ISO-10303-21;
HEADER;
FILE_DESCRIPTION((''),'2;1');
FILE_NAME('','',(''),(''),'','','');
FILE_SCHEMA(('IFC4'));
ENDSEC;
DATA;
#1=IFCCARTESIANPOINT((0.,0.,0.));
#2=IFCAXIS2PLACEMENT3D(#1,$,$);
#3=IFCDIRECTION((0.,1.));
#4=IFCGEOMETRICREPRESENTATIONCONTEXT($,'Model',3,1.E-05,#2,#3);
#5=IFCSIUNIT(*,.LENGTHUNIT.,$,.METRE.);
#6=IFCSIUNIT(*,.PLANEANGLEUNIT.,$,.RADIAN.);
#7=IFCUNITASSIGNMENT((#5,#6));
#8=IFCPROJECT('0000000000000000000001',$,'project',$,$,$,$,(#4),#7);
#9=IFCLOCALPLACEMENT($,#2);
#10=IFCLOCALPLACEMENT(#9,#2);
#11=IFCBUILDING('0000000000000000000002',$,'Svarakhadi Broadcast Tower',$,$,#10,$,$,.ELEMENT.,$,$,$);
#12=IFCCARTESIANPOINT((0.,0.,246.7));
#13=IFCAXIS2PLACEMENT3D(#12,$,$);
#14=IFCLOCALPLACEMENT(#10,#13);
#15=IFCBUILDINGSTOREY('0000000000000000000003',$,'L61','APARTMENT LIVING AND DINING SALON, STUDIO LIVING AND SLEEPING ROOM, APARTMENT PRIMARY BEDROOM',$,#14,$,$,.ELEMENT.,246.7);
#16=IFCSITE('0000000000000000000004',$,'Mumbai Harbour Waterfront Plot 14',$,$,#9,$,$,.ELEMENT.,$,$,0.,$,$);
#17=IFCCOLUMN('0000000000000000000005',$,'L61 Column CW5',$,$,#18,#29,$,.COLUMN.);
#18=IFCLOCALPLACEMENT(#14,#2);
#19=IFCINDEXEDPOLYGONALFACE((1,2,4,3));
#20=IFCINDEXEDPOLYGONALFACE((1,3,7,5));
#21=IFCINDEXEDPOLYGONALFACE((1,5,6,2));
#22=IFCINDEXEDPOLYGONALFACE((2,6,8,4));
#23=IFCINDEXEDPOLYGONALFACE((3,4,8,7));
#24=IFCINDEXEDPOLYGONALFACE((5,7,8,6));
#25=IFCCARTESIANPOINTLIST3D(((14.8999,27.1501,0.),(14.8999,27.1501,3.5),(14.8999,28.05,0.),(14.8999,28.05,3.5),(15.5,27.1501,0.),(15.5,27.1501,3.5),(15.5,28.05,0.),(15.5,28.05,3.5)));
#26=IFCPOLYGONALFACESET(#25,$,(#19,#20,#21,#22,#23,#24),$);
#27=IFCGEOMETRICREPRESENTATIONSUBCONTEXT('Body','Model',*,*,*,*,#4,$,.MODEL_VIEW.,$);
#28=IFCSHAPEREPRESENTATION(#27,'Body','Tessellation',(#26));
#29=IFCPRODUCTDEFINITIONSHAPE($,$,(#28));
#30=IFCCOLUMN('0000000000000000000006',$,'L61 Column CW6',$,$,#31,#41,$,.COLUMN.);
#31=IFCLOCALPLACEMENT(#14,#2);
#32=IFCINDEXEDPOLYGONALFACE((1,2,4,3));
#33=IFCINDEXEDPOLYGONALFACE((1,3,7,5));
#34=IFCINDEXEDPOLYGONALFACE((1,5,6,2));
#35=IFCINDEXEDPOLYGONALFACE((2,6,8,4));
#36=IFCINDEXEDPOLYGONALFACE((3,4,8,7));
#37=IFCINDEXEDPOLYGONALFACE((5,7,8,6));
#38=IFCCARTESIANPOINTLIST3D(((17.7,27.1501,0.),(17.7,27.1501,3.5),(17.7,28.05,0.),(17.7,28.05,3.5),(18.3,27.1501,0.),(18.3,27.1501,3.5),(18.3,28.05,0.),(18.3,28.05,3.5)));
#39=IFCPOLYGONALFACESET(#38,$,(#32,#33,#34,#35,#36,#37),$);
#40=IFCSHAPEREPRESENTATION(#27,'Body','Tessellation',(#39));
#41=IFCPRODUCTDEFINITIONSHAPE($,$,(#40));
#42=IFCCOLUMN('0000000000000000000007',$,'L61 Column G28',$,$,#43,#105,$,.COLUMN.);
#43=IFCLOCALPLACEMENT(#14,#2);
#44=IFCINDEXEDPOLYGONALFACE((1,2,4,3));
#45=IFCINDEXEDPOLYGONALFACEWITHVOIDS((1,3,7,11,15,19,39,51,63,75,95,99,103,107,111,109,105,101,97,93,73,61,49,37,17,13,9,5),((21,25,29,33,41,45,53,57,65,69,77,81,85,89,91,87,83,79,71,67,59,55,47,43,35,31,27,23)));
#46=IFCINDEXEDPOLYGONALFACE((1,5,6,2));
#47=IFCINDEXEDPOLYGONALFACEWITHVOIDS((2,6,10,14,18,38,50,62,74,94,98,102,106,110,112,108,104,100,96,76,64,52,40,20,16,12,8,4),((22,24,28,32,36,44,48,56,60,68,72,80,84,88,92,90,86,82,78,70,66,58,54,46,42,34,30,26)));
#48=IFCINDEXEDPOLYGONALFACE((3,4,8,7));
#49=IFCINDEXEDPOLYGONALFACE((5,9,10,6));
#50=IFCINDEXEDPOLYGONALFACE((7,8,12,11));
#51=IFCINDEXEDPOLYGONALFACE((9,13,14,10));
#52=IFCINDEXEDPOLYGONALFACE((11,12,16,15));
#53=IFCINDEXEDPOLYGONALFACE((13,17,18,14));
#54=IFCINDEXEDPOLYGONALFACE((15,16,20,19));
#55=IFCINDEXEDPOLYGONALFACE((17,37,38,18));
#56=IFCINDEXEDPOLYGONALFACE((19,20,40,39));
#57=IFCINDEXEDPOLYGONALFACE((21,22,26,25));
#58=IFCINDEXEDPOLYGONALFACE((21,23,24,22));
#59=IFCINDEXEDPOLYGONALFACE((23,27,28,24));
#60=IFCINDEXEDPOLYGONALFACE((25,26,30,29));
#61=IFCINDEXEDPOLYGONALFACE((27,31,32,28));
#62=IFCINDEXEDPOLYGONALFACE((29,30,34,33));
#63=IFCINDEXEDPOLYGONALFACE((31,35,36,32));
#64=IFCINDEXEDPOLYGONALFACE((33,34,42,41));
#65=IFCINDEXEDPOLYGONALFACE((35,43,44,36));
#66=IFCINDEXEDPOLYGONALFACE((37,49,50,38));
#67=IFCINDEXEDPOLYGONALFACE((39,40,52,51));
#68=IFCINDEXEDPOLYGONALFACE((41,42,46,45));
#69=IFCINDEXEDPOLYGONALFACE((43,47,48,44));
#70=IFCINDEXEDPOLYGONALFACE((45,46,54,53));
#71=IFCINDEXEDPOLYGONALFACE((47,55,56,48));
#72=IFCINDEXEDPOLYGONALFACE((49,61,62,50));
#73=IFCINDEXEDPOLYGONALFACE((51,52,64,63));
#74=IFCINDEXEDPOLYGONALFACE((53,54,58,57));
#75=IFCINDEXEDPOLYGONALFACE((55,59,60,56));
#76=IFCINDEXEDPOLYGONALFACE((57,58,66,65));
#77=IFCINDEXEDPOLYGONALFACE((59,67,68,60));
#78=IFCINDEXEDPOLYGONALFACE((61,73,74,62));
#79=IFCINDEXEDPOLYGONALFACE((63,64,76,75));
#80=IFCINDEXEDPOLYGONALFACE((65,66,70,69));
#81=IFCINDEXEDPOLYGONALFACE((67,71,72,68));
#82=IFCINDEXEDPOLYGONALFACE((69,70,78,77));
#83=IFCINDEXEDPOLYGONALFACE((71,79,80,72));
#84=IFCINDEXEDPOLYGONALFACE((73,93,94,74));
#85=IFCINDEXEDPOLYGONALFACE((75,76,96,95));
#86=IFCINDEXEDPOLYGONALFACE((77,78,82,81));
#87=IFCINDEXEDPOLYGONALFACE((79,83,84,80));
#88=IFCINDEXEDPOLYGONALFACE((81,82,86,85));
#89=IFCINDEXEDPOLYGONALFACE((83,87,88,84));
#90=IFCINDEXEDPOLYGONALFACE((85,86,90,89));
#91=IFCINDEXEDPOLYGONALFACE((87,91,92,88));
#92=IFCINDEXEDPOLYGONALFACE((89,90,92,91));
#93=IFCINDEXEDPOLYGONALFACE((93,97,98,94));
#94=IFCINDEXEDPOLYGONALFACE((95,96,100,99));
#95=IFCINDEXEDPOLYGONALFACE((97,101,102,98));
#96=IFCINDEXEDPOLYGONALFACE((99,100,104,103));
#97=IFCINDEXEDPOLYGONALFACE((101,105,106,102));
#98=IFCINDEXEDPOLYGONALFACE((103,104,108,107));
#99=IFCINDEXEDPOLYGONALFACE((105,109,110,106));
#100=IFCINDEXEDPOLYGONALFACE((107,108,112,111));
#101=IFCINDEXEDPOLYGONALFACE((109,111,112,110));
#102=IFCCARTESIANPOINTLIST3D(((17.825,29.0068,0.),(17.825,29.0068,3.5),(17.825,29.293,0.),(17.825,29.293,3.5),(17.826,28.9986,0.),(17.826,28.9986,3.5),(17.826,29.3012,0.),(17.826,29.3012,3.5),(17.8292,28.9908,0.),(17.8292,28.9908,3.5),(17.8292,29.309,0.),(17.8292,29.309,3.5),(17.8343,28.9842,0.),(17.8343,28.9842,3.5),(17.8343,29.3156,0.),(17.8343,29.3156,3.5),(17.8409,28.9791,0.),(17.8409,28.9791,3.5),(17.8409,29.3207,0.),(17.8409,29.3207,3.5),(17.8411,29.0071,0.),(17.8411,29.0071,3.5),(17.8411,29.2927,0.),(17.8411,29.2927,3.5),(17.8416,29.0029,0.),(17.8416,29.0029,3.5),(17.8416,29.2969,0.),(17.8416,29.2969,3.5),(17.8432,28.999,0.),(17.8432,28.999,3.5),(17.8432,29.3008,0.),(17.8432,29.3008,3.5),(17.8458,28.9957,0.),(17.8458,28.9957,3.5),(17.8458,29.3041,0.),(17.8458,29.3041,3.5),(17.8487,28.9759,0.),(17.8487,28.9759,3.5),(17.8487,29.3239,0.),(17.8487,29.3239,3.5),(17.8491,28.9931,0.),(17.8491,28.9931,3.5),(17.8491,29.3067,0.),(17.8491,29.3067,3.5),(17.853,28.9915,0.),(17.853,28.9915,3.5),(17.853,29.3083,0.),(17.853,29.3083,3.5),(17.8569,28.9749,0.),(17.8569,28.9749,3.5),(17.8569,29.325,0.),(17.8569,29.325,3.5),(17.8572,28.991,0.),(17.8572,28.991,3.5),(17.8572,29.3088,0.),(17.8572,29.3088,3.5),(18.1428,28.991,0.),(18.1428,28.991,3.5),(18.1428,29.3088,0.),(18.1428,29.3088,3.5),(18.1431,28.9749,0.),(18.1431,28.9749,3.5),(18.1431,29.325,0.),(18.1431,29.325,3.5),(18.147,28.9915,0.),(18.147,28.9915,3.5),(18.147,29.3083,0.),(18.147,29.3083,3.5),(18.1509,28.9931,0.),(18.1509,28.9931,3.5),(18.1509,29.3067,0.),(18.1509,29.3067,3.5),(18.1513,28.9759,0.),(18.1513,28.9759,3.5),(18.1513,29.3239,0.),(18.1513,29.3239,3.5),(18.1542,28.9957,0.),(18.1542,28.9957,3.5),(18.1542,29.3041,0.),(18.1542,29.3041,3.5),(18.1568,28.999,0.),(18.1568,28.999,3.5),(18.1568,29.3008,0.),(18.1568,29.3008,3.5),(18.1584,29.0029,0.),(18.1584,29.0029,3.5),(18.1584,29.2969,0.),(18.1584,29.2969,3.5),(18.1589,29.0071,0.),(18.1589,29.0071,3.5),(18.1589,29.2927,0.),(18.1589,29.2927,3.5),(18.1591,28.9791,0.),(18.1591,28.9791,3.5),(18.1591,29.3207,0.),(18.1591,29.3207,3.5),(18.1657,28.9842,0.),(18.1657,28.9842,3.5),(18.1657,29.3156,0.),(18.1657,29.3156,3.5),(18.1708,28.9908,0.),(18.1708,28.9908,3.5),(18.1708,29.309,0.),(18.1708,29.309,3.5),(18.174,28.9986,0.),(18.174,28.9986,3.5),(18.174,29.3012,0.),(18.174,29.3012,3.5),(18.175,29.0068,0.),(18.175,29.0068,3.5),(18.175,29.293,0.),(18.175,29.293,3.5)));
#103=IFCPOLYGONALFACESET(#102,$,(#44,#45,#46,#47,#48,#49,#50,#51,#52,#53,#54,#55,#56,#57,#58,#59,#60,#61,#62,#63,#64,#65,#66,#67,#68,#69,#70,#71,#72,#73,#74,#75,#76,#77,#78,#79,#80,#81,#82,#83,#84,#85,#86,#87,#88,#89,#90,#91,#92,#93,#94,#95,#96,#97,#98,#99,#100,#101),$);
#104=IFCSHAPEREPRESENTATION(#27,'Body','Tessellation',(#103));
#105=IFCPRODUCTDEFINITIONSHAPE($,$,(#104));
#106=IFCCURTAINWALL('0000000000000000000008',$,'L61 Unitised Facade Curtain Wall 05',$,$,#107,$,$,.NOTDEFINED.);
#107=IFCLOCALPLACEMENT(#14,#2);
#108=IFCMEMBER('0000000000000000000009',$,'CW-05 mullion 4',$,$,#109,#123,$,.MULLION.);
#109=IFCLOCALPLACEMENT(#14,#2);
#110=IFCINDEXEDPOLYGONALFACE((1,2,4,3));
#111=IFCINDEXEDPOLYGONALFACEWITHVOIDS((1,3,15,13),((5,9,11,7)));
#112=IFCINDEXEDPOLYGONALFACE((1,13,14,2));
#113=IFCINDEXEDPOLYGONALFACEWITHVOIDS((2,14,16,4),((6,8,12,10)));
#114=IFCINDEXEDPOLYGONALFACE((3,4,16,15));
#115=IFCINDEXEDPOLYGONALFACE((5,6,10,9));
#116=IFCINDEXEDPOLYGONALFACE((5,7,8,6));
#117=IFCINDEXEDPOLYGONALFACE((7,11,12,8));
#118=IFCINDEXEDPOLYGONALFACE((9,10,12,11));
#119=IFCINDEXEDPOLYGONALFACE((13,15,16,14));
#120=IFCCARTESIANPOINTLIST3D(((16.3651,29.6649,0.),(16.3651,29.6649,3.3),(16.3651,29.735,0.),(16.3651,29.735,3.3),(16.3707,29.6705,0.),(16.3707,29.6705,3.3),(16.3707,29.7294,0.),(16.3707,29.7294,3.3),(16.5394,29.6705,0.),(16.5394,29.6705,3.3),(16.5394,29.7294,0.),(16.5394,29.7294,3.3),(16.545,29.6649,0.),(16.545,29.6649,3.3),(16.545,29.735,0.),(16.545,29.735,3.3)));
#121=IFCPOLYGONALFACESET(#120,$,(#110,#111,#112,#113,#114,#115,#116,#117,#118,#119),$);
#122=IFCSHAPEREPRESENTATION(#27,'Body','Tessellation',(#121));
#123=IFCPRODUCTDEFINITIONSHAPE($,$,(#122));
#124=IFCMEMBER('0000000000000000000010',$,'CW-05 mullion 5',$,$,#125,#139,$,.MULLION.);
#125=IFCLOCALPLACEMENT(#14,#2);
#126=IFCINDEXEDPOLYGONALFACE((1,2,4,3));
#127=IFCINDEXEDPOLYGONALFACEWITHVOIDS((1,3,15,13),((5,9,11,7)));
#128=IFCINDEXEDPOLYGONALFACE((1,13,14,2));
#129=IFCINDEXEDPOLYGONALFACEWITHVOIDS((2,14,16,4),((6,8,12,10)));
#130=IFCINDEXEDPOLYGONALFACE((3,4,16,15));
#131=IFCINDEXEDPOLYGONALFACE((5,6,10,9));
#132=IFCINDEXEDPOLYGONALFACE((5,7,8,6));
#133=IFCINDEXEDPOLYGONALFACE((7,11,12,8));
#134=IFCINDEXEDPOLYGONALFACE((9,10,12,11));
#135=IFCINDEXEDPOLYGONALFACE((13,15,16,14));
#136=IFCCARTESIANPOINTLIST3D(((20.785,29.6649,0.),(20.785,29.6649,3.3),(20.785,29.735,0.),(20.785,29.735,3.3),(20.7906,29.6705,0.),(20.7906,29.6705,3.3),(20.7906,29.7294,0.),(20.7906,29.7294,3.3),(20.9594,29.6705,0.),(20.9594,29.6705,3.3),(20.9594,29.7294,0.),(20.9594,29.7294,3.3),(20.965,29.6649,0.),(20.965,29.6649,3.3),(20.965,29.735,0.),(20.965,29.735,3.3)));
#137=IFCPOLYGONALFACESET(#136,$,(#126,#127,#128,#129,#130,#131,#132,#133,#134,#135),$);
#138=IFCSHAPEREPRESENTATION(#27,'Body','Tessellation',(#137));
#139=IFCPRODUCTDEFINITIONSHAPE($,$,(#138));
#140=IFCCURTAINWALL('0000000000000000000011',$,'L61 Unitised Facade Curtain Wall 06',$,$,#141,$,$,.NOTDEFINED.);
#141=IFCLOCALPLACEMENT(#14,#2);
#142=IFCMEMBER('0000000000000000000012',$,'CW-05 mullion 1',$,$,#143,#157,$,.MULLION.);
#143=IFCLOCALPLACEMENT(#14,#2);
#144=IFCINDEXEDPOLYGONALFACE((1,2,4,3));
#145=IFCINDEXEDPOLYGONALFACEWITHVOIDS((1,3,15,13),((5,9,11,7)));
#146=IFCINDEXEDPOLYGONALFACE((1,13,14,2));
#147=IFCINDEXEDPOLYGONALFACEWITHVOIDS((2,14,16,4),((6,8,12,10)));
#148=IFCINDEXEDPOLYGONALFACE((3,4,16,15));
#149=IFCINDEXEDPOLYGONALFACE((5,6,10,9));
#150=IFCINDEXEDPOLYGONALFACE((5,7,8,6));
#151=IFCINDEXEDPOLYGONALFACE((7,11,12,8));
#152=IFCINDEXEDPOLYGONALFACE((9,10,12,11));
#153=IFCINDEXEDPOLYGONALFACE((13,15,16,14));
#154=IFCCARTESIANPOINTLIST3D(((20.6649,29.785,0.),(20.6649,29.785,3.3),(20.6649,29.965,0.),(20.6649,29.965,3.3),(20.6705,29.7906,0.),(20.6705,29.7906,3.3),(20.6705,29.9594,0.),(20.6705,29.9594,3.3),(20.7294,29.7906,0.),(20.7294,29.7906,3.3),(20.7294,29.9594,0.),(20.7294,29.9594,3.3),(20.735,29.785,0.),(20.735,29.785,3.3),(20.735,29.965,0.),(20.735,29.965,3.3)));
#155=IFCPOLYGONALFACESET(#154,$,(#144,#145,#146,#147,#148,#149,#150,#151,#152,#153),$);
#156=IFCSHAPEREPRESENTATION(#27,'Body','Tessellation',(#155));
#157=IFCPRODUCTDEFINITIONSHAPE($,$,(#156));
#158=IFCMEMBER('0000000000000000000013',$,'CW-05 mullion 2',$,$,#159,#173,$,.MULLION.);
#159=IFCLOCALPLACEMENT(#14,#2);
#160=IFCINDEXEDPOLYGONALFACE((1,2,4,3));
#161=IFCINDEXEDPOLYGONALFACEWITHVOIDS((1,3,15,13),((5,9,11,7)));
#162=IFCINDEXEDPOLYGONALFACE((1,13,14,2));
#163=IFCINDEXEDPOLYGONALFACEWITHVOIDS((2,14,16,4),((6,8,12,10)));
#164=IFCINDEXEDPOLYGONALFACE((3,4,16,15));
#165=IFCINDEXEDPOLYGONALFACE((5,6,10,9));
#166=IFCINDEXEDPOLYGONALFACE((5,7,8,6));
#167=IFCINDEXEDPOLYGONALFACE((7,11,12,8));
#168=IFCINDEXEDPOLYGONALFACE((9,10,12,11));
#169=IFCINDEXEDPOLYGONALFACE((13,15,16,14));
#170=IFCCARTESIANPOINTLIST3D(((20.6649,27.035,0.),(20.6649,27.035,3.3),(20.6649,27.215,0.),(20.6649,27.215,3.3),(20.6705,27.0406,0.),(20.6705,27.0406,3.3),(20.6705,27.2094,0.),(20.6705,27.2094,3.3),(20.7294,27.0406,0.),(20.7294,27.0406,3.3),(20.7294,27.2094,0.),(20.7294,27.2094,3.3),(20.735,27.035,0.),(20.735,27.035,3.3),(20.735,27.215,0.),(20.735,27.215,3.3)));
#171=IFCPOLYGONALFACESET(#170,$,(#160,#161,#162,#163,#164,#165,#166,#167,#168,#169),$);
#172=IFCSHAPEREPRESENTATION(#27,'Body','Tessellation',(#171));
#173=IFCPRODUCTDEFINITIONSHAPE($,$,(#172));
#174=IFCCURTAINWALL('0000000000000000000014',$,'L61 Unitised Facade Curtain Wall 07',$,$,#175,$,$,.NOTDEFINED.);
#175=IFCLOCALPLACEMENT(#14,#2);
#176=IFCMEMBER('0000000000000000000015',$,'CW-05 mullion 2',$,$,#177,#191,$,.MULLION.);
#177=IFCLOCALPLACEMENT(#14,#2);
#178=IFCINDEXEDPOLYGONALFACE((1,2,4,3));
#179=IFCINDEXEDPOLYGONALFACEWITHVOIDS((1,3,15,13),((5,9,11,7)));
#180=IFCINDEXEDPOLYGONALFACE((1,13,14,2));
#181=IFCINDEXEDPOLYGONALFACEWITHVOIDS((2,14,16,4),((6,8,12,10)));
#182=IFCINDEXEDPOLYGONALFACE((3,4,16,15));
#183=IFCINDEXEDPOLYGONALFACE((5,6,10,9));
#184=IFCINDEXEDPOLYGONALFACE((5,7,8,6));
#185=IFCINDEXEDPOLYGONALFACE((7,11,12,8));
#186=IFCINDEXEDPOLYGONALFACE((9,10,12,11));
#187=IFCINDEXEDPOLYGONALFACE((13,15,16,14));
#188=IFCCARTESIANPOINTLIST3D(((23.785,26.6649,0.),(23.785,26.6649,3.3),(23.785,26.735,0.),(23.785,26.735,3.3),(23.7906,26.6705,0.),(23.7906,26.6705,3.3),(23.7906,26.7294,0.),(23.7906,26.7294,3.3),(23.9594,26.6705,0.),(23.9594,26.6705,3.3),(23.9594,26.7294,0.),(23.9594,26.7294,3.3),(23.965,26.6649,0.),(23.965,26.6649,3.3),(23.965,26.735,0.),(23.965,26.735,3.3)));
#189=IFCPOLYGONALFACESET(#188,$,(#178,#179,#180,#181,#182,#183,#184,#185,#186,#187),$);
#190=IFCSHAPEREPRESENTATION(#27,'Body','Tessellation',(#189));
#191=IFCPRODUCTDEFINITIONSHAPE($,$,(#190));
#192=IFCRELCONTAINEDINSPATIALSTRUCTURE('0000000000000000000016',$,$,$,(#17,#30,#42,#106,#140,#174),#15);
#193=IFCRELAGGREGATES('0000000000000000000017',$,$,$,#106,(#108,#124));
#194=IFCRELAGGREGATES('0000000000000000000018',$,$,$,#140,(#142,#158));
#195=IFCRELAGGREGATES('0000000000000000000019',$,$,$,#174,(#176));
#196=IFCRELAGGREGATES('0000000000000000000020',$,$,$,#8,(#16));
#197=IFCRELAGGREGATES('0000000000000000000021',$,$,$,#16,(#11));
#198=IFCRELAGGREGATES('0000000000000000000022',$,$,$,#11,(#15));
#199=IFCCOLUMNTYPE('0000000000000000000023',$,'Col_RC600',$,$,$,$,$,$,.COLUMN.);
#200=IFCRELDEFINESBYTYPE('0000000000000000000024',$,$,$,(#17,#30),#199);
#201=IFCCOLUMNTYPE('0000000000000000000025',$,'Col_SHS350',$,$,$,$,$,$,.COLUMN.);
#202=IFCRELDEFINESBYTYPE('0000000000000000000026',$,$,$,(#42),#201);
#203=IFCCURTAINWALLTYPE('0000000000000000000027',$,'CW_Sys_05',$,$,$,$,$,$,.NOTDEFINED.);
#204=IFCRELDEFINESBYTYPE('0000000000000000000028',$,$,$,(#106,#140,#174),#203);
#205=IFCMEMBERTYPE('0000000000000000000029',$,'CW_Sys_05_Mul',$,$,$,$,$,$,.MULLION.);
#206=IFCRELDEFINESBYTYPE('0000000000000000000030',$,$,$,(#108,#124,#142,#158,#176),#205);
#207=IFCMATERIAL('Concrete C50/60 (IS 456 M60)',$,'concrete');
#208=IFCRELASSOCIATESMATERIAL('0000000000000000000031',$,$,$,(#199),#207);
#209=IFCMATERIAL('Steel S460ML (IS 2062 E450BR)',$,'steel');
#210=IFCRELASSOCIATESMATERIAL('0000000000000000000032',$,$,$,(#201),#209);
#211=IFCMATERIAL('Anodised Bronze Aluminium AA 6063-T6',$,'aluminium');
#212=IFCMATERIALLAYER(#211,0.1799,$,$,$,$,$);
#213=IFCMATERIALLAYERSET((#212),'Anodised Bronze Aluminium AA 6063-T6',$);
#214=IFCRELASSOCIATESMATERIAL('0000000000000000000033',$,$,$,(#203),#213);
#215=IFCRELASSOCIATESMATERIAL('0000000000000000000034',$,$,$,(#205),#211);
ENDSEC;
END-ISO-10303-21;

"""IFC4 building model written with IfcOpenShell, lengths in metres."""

from ifc_helpers import new_model, si_unit, direction, frame, origin, origin_2d, place, context, subcontext, project, spatial, rectangle, hollow_rectangle, extrude, material, layer, layer_set, material_profile, profile_set, type_object, element, aggregate, save


model = new_model("IFC4")

# Units and contexts
model_context = context("Model", 3, precision=1e-05, world=origin(), true_north=direction((0.0, 1.0)))
body_context = subcontext(model_context, "Body", "Model", "MODEL_VIEW")
ifc_project = project(units=[si_unit("LENGTHUNIT", "METRE"), si_unit("PLANEANGLEUNIT", "RADIAN")], contexts=[model_context])

# Site, building, storey
site_placement = place(None, origin())
site = spatial("IfcSite", under=ifc_project, at=site_placement, Name="Mumbai Harbour Waterfront Plot 14", CompositionType="ELEMENT", RefElevation=0.0)
building_placement = place(site_placement, origin())
building = spatial("IfcBuilding", under=site, at=building_placement, Name="Svarakhadi Broadcast Tower", CompositionType="ELEMENT")
storey_placement = place(building_placement, frame((0.0, 0.0, 246.7)))
storey = spatial("IfcBuildingStorey", under=building, at=storey_placement, Name="L61", Description="APARTMENT LIVING AND DINING SALON, STUDIO LIVING AND SLEEPING ROOM, APARTMENT PRIMARY BEDROOM", CompositionType="ELEMENT", Elevation=246.7)

# Columns
ifc_material_1 = material(Name="Concrete C50/60 (IS 456 M60)", Category="concrete")
ifc_material_profile_1 = material_profile(ifc_material_1, rectangle(XDim=0.6001, YDim=0.8999, at=origin_2d()), Name="RC 600x900")
ifc_profile_set_1 = profile_set([ifc_material_profile_1], Name="Concrete C50/60 (IS 456 M60)")
column_type_1 = type_object("IfcColumnType", Name="Col_RC600", PredefinedType="COLUMN", material=ifc_profile_set_1)
for number, where, z_axis, x_axis, name in (
    (1, (15.2, 27.6001, 0.0), (0.0, 0.0, 1.0), (1.0, 0.0, 0.0), "L61 Column CW5"),
    (2, (18.0, 27.6001, 0.0), (0.0, 0.0, 1.0), (1.0, 0.0, 0.0), "L61 Column CW6"),
):
    element("IfcColumn", number, at=place(storey_placement, frame(where, z_axis=z_axis, x_axis=x_axis)), inside=storey, type_object=column_type_1, Name=name, PredefinedType="COLUMN", context=body_context, shape_type="SweptSolid", body=[
        extrude(rectangle(XDim=0.6001, YDim=0.8999, at=origin_2d()), origin(), (0.0, 0.0, 1.0), 3.5),
    ])
ifc_material_2 = material(Name="Steel S460ML (IS 2062 E450BR)", Category="steel")
ifc_material_profile_2 = material_profile(ifc_material_2, hollow_rectangle(XDim=0.3501, YDim=0.3501, WallThickness=0.0161, InnerFilletRadius=0.0161, OuterFilletRadius=0.032, at=origin_2d()), Name="SHS 350x350x16")
ifc_profile_set_2 = profile_set([ifc_material_profile_2], Name="Steel S460ML (IS 2062 E450BR)")
column_type_2 = type_object("IfcColumnType", Name="Col_SHS350", PredefinedType="COLUMN", material=ifc_profile_set_2)
column_placement = place(storey_placement, frame((18.0, 29.1499, 0.0), z_axis=(0.0, 0.0, 1.0), x_axis=(1.0, 0.0, 0.0)))
element("IfcColumn", 3, at=column_placement, inside=storey, type_object=column_type_2, Name="L61 Column G28", PredefinedType="COLUMN", context=body_context, shape_type="SweptSolid", body=[
    extrude(hollow_rectangle(XDim=0.3501, YDim=0.3501, WallThickness=0.0161, InnerFilletRadius=0.0161, OuterFilletRadius=0.032, at=origin_2d()), origin(), (0.0, 0.0, 1.0), 3.5),
])

# Curtain walls, members
ifc_material_3 = material(Name="Anodised Bronze Aluminium AA 6063-T6", Category="aluminium")
ifc_layer_1 = layer(ifc_material_3, 0.1799)
ifc_layer_set_1 = layer_set([ifc_layer_1], Name="Anodised Bronze Aluminium AA 6063-T6")
curtain_wall_type = type_object("IfcCurtainWallType", Name="CW_Sys_05", PredefinedType="NOTDEFINED", material=ifc_layer_set_1)
curtain_wall_1_placement = place(storey_placement, origin())
curtain_wall_1 = element("IfcCurtainWall", 4, at=curtain_wall_1_placement, inside=storey, type_object=curtain_wall_type, Name="L61 Unitised Facade Curtain Wall 05", PredefinedType="NOTDEFINED")
ifc_material_profile_3 = material_profile(ifc_material_3, hollow_rectangle(XDim=0.0701, YDim=0.1799, WallThickness=0.0056, at=origin_2d()), Name="ALU MULLION 180x70x6")
ifc_profile_set_3 = profile_set([ifc_material_profile_3], Name="Anodised Bronze Aluminium AA 6063-T6")
member_type_1 = type_object("IfcMemberType", Name="CW_Sys_05_Mul", PredefinedType="MULLION", material=ifc_profile_set_3)
member_1_placement = place(storey_placement, frame((16.4551, 29.7, 0.0), z_axis=(0.0, 0.0, 1.0), x_axis=(0.0, 1.0, 0.0)))
member_1 = element("IfcMember", 5, at=member_1_placement, type_object=member_type_1, Name="CW-05 mullion 4", PredefinedType="MULLION", context=body_context, shape_type="SweptSolid", body=[
    extrude(hollow_rectangle(XDim=0.0701, YDim=0.1799, WallThickness=0.0056, at=origin_2d()), origin(), (0.0, 0.0, 1.0), 3.3),
])
member_2_placement = place(storey_placement, frame((20.875, 29.7, 0.0), z_axis=(0.0, 0.0, 1.0), x_axis=(0.0, 1.0, 0.0)))
member_2 = element("IfcMember", 6, at=member_2_placement, type_object=member_type_1, Name="CW-05 mullion 5", PredefinedType="MULLION", context=body_context, shape_type="SweptSolid", body=[
    extrude(hollow_rectangle(XDim=0.0701, YDim=0.1799, WallThickness=0.0056, at=origin_2d()), origin(), (0.0, 0.0, 1.0), 3.3),
])
curtain_wall_2_placement = place(storey_placement, origin())
curtain_wall_2 = element("IfcCurtainWall", 7, at=curtain_wall_2_placement, inside=storey, type_object=curtain_wall_type, Name="L61 Unitised Facade Curtain Wall 06", PredefinedType="NOTDEFINED")
member_3_placement = place(storey_placement, frame((20.7, 29.875, 0.0), z_axis=(0.0, 0.0, 1.0), x_axis=(1.0, 0.0, 0.0)))
member_3 = element("IfcMember", 8, at=member_3_placement, type_object=member_type_1, Name="CW-05 mullion 1", PredefinedType="MULLION", context=body_context, shape_type="SweptSolid", body=[
    extrude(hollow_rectangle(XDim=0.0701, YDim=0.1799, WallThickness=0.0056, at=origin_2d()), origin(), (0.0, 0.0, 1.0), 3.3),
])
member_4_placement = place(storey_placement, frame((20.7, 27.125, 0.0), z_axis=(0.0, 0.0, 1.0), x_axis=(1.0, 0.0, 0.0)))
member_4 = element("IfcMember", 9, at=member_4_placement, type_object=member_type_1, Name="CW-05 mullion 2", PredefinedType="MULLION", context=body_context, shape_type="SweptSolid", body=[
    extrude(hollow_rectangle(XDim=0.0701, YDim=0.1799, WallThickness=0.0056, at=origin_2d()), origin(), (0.0, 0.0, 1.0), 3.3),
])

# Curtain wall, member
curtain_wall_3_placement = place(storey_placement, origin())
curtain_wall_3 = element("IfcCurtainWall", 10, at=curtain_wall_3_placement, inside=storey, type_object=curtain_wall_type, Name="L61 Unitised Facade Curtain Wall 07", PredefinedType="NOTDEFINED")
member_5_placement = place(storey_placement, frame((23.875, 26.7, 0.0), z_axis=(0.0, 0.0, 1.0), x_axis=(0.0, 1.0, 0.0)))
member_5 = element("IfcMember", 11, at=member_5_placement, type_object=member_type_1, Name="CW-05 mullion 2", PredefinedType="MULLION", context=body_context, shape_type="SweptSolid", body=[
    extrude(hollow_rectangle(XDim=0.0701, YDim=0.1799, WallThickness=0.0056, at=origin_2d()), origin(), (0.0, 0.0, 1.0), 3.3),
])

aggregate(curtain_wall_1, [member_1, member_2])
aggregate(curtain_wall_2, [member_3, member_4])
aggregate(curtain_wall_3, [member_5])

save(model, "model.ifc")
